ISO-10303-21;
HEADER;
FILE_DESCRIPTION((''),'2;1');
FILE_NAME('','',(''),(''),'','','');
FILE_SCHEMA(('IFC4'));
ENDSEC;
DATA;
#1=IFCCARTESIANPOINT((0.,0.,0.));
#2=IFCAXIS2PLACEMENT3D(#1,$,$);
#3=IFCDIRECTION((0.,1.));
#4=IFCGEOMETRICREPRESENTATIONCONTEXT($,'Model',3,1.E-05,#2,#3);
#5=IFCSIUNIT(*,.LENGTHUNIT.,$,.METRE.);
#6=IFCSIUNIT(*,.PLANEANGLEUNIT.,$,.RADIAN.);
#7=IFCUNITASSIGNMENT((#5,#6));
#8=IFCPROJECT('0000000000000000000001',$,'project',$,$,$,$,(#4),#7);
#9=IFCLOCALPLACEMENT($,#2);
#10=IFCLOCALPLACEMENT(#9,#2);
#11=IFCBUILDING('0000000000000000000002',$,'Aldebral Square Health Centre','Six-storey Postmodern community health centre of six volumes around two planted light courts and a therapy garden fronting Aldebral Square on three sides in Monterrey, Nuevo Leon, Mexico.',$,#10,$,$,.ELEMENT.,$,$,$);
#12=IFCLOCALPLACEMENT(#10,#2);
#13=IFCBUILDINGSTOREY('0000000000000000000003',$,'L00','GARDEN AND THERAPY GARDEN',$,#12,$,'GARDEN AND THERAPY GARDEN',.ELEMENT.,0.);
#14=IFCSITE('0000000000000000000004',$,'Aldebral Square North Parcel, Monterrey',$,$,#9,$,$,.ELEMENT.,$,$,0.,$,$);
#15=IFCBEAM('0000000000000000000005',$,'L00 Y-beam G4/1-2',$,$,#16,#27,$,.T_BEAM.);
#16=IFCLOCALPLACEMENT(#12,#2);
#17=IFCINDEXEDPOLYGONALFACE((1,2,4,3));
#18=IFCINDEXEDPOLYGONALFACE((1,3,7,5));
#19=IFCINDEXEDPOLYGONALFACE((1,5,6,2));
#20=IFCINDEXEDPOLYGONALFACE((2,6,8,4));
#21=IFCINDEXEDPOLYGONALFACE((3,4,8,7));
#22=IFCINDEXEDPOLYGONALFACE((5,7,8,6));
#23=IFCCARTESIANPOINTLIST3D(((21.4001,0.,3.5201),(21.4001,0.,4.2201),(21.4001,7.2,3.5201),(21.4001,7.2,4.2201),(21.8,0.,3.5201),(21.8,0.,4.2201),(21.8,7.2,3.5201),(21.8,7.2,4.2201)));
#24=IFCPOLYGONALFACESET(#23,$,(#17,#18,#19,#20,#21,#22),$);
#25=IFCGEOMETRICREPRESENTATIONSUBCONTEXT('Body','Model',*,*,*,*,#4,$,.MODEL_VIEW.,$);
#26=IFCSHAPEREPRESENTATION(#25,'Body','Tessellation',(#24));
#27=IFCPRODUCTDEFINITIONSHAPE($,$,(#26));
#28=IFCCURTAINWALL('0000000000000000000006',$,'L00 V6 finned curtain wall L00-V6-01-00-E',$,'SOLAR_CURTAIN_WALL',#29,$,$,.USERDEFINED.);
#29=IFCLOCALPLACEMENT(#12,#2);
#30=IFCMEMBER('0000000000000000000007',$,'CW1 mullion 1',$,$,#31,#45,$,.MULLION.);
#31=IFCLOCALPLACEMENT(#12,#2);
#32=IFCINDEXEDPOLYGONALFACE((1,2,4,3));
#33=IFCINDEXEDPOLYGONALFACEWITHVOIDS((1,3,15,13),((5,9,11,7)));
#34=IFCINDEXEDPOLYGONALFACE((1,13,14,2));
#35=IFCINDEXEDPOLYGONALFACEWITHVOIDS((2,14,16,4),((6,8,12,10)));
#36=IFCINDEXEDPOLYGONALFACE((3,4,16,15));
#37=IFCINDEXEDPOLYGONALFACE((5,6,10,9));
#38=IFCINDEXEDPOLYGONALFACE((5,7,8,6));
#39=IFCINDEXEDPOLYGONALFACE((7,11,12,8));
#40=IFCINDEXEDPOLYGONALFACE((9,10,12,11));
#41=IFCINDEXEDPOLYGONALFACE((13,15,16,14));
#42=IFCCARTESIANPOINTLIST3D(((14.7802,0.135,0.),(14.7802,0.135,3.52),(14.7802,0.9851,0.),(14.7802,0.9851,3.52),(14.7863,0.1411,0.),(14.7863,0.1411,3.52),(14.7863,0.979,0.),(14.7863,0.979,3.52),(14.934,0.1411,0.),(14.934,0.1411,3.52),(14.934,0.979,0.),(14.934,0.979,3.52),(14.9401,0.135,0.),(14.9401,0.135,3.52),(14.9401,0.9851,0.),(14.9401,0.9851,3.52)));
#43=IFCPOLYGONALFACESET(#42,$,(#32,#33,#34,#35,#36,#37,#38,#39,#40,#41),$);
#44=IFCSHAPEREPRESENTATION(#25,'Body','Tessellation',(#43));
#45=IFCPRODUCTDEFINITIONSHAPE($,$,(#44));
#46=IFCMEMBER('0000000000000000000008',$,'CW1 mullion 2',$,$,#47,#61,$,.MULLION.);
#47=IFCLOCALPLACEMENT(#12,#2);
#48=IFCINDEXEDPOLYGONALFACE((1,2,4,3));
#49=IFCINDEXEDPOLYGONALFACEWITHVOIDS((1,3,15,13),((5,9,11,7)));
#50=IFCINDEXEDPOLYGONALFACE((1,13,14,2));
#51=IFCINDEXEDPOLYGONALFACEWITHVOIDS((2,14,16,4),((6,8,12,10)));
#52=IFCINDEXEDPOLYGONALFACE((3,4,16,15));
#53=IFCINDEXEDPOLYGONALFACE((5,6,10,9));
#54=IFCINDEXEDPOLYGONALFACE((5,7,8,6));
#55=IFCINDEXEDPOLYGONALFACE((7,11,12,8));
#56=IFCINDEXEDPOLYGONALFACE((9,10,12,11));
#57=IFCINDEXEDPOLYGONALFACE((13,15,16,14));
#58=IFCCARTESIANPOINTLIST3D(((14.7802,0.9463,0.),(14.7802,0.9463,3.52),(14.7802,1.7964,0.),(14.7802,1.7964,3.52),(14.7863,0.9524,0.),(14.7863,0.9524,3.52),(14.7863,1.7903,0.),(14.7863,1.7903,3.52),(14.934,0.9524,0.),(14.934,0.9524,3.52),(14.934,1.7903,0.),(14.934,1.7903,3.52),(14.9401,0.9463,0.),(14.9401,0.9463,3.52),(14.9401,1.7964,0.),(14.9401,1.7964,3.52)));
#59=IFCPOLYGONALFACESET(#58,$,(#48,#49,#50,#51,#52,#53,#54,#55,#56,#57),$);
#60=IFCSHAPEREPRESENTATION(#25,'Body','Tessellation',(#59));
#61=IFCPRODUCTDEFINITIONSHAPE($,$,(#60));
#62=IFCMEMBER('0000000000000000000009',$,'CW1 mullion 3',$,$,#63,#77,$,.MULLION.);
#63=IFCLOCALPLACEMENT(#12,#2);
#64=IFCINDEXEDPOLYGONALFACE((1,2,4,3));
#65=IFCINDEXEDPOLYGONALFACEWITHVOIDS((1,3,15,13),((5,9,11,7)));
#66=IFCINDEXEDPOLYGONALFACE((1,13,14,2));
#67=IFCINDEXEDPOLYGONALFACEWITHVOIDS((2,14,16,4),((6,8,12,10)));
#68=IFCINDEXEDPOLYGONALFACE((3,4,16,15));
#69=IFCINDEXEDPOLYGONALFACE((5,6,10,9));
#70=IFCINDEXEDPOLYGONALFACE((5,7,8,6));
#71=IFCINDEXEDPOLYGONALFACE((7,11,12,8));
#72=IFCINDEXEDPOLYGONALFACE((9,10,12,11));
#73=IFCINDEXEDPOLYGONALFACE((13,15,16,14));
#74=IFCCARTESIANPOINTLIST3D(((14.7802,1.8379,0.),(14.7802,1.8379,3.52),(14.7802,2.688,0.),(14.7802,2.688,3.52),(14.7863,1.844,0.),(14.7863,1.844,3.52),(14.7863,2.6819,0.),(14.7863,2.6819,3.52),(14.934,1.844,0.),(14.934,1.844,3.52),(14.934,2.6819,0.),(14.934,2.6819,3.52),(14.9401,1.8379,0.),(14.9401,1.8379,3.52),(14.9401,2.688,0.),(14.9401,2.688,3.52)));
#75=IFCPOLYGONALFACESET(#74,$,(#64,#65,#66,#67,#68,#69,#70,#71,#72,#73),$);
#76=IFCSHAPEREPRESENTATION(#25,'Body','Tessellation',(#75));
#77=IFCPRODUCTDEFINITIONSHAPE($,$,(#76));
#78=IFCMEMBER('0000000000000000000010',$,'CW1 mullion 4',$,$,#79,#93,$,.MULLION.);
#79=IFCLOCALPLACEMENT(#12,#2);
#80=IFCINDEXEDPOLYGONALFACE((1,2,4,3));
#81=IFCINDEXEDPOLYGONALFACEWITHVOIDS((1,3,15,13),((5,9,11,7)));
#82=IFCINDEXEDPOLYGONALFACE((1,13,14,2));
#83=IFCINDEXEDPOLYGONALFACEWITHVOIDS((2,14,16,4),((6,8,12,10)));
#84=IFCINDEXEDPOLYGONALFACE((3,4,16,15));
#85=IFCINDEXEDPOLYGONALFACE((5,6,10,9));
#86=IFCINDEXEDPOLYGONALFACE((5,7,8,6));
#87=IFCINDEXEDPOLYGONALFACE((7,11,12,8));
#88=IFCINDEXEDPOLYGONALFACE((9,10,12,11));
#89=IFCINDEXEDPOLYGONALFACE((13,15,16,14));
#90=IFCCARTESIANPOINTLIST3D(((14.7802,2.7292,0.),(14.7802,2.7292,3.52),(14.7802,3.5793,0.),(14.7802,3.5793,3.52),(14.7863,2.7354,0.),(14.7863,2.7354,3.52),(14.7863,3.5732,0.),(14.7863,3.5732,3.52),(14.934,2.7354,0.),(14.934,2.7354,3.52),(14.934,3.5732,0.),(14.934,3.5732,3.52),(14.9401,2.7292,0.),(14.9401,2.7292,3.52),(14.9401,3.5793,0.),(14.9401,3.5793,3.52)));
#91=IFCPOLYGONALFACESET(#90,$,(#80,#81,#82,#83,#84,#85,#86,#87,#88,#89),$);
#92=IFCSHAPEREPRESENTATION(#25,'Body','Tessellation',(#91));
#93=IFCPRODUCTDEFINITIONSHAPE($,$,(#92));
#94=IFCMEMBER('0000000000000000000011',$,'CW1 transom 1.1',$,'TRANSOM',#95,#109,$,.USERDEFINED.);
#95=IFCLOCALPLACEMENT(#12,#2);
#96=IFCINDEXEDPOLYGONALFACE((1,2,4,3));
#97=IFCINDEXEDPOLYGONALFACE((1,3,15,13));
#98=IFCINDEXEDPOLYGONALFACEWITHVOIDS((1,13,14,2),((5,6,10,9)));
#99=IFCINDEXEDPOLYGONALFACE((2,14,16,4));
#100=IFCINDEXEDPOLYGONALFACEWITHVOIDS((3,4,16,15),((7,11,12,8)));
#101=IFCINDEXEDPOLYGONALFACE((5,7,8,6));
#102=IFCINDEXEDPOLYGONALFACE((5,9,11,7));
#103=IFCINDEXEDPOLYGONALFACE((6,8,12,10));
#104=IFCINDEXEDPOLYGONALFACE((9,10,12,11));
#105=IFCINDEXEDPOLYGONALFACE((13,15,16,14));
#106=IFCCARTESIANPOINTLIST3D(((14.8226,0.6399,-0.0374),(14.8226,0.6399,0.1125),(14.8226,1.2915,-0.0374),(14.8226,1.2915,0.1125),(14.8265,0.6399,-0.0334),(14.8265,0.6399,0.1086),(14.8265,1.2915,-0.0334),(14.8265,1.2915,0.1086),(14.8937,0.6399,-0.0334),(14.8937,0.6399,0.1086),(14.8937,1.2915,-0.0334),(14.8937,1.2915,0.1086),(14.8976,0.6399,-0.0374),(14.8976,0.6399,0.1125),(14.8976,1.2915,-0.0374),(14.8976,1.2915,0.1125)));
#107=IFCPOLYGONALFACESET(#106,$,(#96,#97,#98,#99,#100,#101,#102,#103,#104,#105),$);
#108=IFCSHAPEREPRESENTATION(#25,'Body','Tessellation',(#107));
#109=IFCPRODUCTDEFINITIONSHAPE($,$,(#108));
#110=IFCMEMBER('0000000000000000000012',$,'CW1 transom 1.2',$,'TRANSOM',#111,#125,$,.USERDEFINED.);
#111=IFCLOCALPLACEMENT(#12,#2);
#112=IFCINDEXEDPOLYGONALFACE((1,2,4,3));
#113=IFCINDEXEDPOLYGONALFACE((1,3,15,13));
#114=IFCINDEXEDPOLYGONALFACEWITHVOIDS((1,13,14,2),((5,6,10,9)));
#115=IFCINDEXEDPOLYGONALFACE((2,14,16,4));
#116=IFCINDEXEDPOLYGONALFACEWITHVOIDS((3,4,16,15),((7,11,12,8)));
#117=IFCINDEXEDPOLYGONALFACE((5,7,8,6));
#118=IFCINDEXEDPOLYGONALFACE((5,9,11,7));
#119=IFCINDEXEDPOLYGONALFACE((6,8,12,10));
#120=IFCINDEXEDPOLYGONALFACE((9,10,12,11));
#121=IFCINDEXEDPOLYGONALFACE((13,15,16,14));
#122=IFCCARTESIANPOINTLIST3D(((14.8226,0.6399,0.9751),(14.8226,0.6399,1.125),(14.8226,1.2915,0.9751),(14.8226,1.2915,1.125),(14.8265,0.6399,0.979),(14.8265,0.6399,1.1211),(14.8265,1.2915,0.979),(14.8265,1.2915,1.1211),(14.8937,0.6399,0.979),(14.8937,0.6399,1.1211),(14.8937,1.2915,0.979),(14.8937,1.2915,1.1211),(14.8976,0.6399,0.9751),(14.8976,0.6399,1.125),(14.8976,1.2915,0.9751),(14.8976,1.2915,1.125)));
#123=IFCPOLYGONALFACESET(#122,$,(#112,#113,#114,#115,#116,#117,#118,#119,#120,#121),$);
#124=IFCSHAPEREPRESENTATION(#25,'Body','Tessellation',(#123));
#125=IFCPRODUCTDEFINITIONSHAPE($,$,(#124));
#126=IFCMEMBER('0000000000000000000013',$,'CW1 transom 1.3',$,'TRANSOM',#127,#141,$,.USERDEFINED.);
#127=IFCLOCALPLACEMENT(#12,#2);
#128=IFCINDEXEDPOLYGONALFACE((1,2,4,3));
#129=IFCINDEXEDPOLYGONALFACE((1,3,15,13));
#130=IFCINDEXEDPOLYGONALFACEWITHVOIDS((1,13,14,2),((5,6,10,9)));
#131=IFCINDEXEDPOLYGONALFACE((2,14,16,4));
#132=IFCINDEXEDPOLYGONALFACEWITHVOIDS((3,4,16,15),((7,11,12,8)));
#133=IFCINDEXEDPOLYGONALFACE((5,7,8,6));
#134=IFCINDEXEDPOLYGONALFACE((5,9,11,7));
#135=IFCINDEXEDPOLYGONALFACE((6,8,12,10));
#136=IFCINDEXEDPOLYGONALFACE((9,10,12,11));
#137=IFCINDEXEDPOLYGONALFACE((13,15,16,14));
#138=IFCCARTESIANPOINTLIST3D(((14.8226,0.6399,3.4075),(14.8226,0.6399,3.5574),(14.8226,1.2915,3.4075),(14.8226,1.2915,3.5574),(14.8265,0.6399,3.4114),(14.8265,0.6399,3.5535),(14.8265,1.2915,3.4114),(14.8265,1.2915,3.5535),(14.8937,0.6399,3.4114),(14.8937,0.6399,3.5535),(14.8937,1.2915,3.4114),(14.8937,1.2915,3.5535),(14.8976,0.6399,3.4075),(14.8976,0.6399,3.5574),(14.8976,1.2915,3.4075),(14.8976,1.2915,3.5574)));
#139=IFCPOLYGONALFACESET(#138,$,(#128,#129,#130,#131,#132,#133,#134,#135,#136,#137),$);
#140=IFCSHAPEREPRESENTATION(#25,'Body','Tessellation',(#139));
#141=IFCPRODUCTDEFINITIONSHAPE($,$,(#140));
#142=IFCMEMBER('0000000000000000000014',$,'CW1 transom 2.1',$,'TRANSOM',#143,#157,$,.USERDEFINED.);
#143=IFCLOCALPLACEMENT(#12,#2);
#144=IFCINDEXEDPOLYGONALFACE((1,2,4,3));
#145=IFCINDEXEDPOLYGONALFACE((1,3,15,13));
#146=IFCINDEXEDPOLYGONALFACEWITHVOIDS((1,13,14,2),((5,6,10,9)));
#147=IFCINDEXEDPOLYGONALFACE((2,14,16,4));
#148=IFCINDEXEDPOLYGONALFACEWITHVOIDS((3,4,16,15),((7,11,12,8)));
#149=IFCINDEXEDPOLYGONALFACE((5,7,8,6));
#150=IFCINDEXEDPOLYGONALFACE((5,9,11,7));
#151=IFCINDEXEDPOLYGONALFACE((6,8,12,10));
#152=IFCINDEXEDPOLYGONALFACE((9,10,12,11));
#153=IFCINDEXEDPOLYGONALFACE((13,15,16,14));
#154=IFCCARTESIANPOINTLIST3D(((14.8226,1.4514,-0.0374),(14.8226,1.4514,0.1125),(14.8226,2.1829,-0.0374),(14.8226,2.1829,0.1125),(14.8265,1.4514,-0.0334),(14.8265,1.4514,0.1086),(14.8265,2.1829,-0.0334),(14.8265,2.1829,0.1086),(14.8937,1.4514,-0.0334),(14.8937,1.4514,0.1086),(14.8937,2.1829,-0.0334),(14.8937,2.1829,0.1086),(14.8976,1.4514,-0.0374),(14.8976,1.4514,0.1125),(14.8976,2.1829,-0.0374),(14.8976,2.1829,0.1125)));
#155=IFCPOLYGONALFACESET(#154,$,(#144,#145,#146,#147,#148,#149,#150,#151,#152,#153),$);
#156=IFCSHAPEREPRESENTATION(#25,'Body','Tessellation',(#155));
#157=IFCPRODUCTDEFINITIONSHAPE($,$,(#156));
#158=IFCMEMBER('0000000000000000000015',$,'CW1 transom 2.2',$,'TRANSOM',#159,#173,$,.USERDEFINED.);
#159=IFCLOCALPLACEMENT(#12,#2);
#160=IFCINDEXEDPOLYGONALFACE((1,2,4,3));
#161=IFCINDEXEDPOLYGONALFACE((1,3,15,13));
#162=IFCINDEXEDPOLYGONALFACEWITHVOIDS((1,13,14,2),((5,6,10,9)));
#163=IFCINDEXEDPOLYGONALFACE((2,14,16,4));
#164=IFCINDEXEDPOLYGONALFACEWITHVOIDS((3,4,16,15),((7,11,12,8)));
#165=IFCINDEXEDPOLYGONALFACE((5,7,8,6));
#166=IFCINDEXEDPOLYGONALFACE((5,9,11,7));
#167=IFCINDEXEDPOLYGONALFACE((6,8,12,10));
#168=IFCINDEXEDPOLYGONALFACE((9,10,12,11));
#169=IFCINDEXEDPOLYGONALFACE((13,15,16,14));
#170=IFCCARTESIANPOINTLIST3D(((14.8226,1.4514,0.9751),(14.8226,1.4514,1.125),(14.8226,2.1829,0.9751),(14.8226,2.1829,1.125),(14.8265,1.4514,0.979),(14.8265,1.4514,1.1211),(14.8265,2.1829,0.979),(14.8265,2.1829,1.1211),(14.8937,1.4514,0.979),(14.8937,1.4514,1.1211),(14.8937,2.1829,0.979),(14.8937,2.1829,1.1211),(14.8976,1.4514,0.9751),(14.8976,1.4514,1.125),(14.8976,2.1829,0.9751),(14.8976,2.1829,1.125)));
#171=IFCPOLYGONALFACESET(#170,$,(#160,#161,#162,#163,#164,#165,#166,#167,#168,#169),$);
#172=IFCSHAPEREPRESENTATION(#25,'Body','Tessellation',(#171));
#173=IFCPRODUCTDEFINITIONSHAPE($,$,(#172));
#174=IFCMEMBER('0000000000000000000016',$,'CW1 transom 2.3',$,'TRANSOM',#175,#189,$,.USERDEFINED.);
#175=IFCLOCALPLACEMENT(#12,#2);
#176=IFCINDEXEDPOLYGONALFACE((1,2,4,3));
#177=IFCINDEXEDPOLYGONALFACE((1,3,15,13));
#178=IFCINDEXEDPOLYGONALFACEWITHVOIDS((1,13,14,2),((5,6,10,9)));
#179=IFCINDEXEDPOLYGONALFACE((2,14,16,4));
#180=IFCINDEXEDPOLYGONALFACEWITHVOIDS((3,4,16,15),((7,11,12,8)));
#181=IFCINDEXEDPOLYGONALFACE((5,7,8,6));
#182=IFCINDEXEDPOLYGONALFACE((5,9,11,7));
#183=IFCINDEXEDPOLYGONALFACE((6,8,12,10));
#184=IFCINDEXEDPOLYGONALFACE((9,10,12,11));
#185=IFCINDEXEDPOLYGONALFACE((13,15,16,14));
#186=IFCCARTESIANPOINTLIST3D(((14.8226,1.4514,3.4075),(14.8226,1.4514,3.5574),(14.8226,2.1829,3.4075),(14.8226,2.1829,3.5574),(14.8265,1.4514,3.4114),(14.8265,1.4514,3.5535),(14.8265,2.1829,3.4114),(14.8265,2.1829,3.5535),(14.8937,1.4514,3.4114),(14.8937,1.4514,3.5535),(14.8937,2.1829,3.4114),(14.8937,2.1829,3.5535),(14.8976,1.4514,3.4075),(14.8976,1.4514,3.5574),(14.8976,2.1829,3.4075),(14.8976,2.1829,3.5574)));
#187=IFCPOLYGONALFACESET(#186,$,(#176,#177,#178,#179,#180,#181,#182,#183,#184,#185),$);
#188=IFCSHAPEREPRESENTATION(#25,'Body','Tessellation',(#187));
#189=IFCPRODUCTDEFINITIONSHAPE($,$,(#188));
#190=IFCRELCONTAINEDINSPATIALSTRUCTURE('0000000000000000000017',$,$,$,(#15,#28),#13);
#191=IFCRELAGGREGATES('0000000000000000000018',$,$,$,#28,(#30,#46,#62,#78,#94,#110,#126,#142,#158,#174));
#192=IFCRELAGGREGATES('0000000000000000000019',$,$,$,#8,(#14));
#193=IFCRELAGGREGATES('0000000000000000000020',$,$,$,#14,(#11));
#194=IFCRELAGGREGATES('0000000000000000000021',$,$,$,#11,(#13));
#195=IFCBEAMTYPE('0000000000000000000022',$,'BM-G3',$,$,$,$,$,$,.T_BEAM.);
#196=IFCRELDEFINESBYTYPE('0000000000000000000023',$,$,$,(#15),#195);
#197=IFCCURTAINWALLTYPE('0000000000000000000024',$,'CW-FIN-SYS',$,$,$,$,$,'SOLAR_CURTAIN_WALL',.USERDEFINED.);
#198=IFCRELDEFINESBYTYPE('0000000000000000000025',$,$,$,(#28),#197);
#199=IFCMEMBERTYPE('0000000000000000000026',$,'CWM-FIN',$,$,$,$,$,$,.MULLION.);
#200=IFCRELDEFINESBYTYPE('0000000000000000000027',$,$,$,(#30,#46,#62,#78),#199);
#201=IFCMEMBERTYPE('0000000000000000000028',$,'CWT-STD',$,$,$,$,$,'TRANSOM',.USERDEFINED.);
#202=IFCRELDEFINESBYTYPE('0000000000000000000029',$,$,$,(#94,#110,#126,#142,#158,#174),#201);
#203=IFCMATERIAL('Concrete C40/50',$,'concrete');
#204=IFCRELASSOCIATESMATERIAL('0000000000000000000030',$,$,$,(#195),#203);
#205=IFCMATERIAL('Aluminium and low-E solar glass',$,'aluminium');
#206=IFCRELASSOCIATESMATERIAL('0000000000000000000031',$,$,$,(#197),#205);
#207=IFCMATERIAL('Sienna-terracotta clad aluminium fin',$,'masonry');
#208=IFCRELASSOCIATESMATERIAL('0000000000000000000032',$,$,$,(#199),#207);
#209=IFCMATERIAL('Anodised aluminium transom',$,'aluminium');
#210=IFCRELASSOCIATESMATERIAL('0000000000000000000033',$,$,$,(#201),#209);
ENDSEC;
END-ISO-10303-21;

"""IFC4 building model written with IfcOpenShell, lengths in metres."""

from ifc_helpers import new_model, si_unit, direction, frame, origin, origin_2d, place, context, subcontext, project, spatial, rectangle, hollow_rectangle, extrude, material, material_profile, profile_set, type_object, element, aggregate, save


model = new_model("IFC4")

# Units and contexts
model_context = context("Model", 3, precision=1e-05, world=origin(), true_north=direction((0.0, 1.0)))
body_context = subcontext(model_context, "Body", "Model", "MODEL_VIEW")
ifc_project = project(units=[si_unit("LENGTHUNIT", "METRE"), si_unit("PLANEANGLEUNIT", "RADIAN")], contexts=[model_context])

# Site, building, storey
site_placement = place(None, origin())
site = spatial("IfcSite", under=ifc_project, at=site_placement, Name="Aldebral Square North Parcel, Monterrey", CompositionType="ELEMENT", RefElevation=0.0)
building_placement = place(site_placement, origin())
building = spatial("IfcBuilding", under=site, at=building_placement, Name="Aldebral Square Health Centre", Description="Six-storey Postmodern community health centre of six volumes around two planted light courts and a therapy garden fronting Aldebral Square on three sides in Monterrey, Nuevo Leon, Mexico.", CompositionType="ELEMENT")
storey_placement = place(building_placement, origin())
storey = spatial("IfcBuildingStorey", under=building, at=storey_placement, Name="L00", Description="GARDEN AND THERAPY GARDEN", LongName="GARDEN AND THERAPY GARDEN", CompositionType="ELEMENT", Elevation=0.0)

# Shared definitions
ifc_material_1 = material(Name="Concrete C40/50", Category="concrete")

# Beam
ifc_material_profile_1 = material_profile(ifc_material_1, rectangle(XDim=0.3999, YDim=0.7, at=origin_2d()), Name="RC 400x700")
ifc_profile_set_1 = profile_set([ifc_material_profile_1], Name="Concrete C40/50")
beam_type_1 = type_object("IfcBeamType", Name="BM-G3", PredefinedType="T_BEAM", material=ifc_profile_set_1)
beam_1_placement = place(storey_placement, frame((21.6001, 0.0, 3.8701), z_axis=(0.0, 1.0, 0.0), x_axis=(-1.0, 0.0, 0.0)))
element("IfcBeam", 1, at=beam_1_placement, inside=storey, type_object=beam_type_1, Name="L00 Y-beam G4/1-2", PredefinedType="T_BEAM", context=body_context, shape_type="SweptSolid", body=[
    extrude(rectangle(XDim=0.3999, YDim=0.7, at=origin_2d()), origin(), (0.0, 0.0, 1.0), 7.2),
])

# Curtain wall, members
ifc_material_2 = material(Name="Aluminium and low-E solar glass", Category="aluminium")
curtain_wall_type = type_object("IfcCurtainWallType", Name="CW-FIN-SYS", ElementType="SOLAR_CURTAIN_WALL", PredefinedType="USERDEFINED", material=ifc_material_2)
curtain_wall_placement = place(storey_placement, origin())
curtain_wall = element("IfcCurtainWall", 2, at=curtain_wall_placement, inside=storey, type_object=curtain_wall_type, Name="L00 V6 finned curtain wall L00-V6-01-00-E", ObjectType="SOLAR_CURTAIN_WALL", PredefinedType="USERDEFINED")
ifc_material_3 = material(Name="Sienna-terracotta clad aluminium fin", Category="masonry")
ifc_material_profile_2 = material_profile(ifc_material_3, hollow_rectangle(XDim=0.1599, YDim=0.8501, WallThickness=0.0061, at=origin_2d()), Name="FIN 160x850x6")
ifc_profile_set_2 = profile_set([ifc_material_profile_2], Name="Sienna-terracotta clad aluminium fin")
member_type_1 = type_object("IfcMemberType", Name="CWM-FIN", PredefinedType="MULLION", material=ifc_profile_set_2)
member_1_placement = place(storey_placement, frame((14.8601, 0.5601, 0.0), z_axis=(0.0, 0.0, 1.0), x_axis=(-1.0, 0.0, 0.0)))
member_1 = element("IfcMember", 3, at=member_1_placement, type_object=member_type_1, Name="CW1 mullion 1", PredefinedType="MULLION", context=body_context, shape_type="SweptSolid", body=[
    extrude(hollow_rectangle(XDim=0.1599, YDim=0.8501, WallThickness=0.0061, at=origin_2d()), origin(), (0.0, 0.0, 1.0), 3.52),
])
member_2_placement = place(storey_placement, frame((14.8601, 1.3713, 0.0), z_axis=(0.0, 0.0, 1.0), x_axis=(-1.0, 0.0, 0.0)))
member_2 = element("IfcMember", 4, at=member_2_placement, type_object=member_type_1, Name="CW1 mullion 2", PredefinedType="MULLION", context=body_context, shape_type="SweptSolid", body=[
    extrude(hollow_rectangle(XDim=0.1599, YDim=0.8501, WallThickness=0.0061, at=origin_2d()), origin(), (0.0, 0.0, 1.0), 3.52),
])
member_3_placement = place(storey_placement, frame((14.8601, 2.2629, 0.0), z_axis=(0.0, 0.0, 1.0), x_axis=(-1.0, 0.0, 0.0)))
member_3 = element("IfcMember", 5, at=member_3_placement, type_object=member_type_1, Name="CW1 mullion 3", PredefinedType="MULLION", context=body_context, shape_type="SweptSolid", body=[
    extrude(hollow_rectangle(XDim=0.1599, YDim=0.8501, WallThickness=0.0061, at=origin_2d()), origin(), (0.0, 0.0, 1.0), 3.52),
])
member_4_placement = place(storey_placement, frame((14.8601, 3.1543, 0.0), z_axis=(0.0, 0.0, 1.0), x_axis=(-1.0, 0.0, 0.0)))
member_4 = element("IfcMember", 6, at=member_4_placement, type_object=member_type_1, Name="CW1 mullion 4", PredefinedType="MULLION", context=body_context, shape_type="SweptSolid", body=[
    extrude(hollow_rectangle(XDim=0.1599, YDim=0.8501, WallThickness=0.0061, at=origin_2d()), origin(), (0.0, 0.0, 1.0), 3.52),
])
ifc_material_4 = material(Name="Anodised aluminium transom", Category="aluminium")
ifc_material_profile_3 = material_profile(ifc_material_4, hollow_rectangle(XDim=0.075, YDim=0.1499, WallThickness=0.0039, at=origin_2d()), Name="CWT 75x150x4")
ifc_profile_set_3 = profile_set([ifc_material_profile_3], Name="Anodised aluminium transom")
member_type_2 = type_object("IfcMemberType", Name="CWT-STD", ElementType="TRANSOM", PredefinedType="USERDEFINED", material=ifc_profile_set_3)
member_5_placement = place(storey_placement, frame((14.8601, 0.6399, 0.0376), z_axis=(0.0, 1.0, 0.0), x_axis=(-1.0, 0.0, 0.0)))
member_5 = element("IfcMember", 7, at=member_5_placement, type_object=member_type_2, Name="CW1 transom 1.1", ObjectType="TRANSOM", PredefinedType="USERDEFINED", context=body_context, shape_type="SweptSolid", body=[
    extrude(hollow_rectangle(XDim=0.075, YDim=0.1499, WallThickness=0.0039, at=origin_2d()), origin(), (0.0, 0.0, 1.0), 0.6516),
])
member_6_placement = place(storey_placement, frame((14.8601, 0.6399, 1.05), z_axis=(0.0, 1.0, 0.0), x_axis=(-1.0, 0.0, 0.0)))
member_6 = element("IfcMember", 8, at=member_6_placement, type_object=member_type_2, Name="CW1 transom 1.2", ObjectType="TRANSOM", PredefinedType="USERDEFINED", context=body_context, shape_type="SweptSolid", body=[
    extrude(hollow_rectangle(XDim=0.075, YDim=0.1499, WallThickness=0.0039, at=origin_2d()), origin(), (0.0, 0.0, 1.0), 0.6516),
])
member_7_placement = place(storey_placement, frame((14.8601, 0.6399, 3.4824), z_axis=(0.0, 1.0, 0.0), x_axis=(-1.0, 0.0, 0.0)))
member_7 = element("IfcMember", 9, at=member_7_placement, type_object=member_type_2, Name="CW1 transom 1.3", ObjectType="TRANSOM", PredefinedType="USERDEFINED", context=body_context, shape_type="SweptSolid", body=[
    extrude(hollow_rectangle(XDim=0.075, YDim=0.1499, WallThickness=0.0039, at=origin_2d()), origin(), (0.0, 0.0, 1.0), 0.6516),
])
member_8_placement = place(storey_placement, frame((14.8601, 1.4514, 0.0376), z_axis=(0.0, 1.0, 0.0), x_axis=(-1.0, 0.0, 0.0)))
member_8 = element("IfcMember", 10, at=member_8_placement, type_object=member_type_2, Name="CW1 transom 2.1", ObjectType="TRANSOM", PredefinedType="USERDEFINED", context=body_context, shape_type="SweptSolid", body=[
    extrude(hollow_rectangle(XDim=0.075, YDim=0.1499, WallThickness=0.0039, at=origin_2d()), origin(), (0.0, 0.0, 1.0), 0.7314),
])
member_9_placement = place(storey_placement, frame((14.8601, 1.4514, 1.05), z_axis=(0.0, 1.0, 0.0), x_axis=(-1.0, 0.0, 0.0)))
member_9 = element("IfcMember", 11, at=member_9_placement, type_object=member_type_2, Name="CW1 transom 2.2", ObjectType="TRANSOM", PredefinedType="USERDEFINED", context=body_context, shape_type="SweptSolid", body=[
    extrude(hollow_rectangle(XDim=0.075, YDim=0.1499, WallThickness=0.0039, at=origin_2d()), origin(), (0.0, 0.0, 1.0), 0.7314),
])
member_10_placement = place(storey_placement, frame((14.8601, 1.4514, 3.4824), z_axis=(0.0, 1.0, 0.0), x_axis=(-1.0, 0.0, 0.0)))
member_10 = element("IfcMember", 12, at=member_10_placement, type_object=member_type_2, Name="CW1 transom 2.3", ObjectType="TRANSOM", PredefinedType="USERDEFINED", context=body_context, shape_type="SweptSolid", body=[
    extrude(hollow_rectangle(XDim=0.075, YDim=0.1499, WallThickness=0.0039, at=origin_2d()), origin(), (0.0, 0.0, 1.0), 0.7314),
])
aggregate(curtain_wall, [member_1, member_2, member_3, member_4, member_5, member_6, member_7, member_8, member_9, member_10])

save(model, "model.ifc")
